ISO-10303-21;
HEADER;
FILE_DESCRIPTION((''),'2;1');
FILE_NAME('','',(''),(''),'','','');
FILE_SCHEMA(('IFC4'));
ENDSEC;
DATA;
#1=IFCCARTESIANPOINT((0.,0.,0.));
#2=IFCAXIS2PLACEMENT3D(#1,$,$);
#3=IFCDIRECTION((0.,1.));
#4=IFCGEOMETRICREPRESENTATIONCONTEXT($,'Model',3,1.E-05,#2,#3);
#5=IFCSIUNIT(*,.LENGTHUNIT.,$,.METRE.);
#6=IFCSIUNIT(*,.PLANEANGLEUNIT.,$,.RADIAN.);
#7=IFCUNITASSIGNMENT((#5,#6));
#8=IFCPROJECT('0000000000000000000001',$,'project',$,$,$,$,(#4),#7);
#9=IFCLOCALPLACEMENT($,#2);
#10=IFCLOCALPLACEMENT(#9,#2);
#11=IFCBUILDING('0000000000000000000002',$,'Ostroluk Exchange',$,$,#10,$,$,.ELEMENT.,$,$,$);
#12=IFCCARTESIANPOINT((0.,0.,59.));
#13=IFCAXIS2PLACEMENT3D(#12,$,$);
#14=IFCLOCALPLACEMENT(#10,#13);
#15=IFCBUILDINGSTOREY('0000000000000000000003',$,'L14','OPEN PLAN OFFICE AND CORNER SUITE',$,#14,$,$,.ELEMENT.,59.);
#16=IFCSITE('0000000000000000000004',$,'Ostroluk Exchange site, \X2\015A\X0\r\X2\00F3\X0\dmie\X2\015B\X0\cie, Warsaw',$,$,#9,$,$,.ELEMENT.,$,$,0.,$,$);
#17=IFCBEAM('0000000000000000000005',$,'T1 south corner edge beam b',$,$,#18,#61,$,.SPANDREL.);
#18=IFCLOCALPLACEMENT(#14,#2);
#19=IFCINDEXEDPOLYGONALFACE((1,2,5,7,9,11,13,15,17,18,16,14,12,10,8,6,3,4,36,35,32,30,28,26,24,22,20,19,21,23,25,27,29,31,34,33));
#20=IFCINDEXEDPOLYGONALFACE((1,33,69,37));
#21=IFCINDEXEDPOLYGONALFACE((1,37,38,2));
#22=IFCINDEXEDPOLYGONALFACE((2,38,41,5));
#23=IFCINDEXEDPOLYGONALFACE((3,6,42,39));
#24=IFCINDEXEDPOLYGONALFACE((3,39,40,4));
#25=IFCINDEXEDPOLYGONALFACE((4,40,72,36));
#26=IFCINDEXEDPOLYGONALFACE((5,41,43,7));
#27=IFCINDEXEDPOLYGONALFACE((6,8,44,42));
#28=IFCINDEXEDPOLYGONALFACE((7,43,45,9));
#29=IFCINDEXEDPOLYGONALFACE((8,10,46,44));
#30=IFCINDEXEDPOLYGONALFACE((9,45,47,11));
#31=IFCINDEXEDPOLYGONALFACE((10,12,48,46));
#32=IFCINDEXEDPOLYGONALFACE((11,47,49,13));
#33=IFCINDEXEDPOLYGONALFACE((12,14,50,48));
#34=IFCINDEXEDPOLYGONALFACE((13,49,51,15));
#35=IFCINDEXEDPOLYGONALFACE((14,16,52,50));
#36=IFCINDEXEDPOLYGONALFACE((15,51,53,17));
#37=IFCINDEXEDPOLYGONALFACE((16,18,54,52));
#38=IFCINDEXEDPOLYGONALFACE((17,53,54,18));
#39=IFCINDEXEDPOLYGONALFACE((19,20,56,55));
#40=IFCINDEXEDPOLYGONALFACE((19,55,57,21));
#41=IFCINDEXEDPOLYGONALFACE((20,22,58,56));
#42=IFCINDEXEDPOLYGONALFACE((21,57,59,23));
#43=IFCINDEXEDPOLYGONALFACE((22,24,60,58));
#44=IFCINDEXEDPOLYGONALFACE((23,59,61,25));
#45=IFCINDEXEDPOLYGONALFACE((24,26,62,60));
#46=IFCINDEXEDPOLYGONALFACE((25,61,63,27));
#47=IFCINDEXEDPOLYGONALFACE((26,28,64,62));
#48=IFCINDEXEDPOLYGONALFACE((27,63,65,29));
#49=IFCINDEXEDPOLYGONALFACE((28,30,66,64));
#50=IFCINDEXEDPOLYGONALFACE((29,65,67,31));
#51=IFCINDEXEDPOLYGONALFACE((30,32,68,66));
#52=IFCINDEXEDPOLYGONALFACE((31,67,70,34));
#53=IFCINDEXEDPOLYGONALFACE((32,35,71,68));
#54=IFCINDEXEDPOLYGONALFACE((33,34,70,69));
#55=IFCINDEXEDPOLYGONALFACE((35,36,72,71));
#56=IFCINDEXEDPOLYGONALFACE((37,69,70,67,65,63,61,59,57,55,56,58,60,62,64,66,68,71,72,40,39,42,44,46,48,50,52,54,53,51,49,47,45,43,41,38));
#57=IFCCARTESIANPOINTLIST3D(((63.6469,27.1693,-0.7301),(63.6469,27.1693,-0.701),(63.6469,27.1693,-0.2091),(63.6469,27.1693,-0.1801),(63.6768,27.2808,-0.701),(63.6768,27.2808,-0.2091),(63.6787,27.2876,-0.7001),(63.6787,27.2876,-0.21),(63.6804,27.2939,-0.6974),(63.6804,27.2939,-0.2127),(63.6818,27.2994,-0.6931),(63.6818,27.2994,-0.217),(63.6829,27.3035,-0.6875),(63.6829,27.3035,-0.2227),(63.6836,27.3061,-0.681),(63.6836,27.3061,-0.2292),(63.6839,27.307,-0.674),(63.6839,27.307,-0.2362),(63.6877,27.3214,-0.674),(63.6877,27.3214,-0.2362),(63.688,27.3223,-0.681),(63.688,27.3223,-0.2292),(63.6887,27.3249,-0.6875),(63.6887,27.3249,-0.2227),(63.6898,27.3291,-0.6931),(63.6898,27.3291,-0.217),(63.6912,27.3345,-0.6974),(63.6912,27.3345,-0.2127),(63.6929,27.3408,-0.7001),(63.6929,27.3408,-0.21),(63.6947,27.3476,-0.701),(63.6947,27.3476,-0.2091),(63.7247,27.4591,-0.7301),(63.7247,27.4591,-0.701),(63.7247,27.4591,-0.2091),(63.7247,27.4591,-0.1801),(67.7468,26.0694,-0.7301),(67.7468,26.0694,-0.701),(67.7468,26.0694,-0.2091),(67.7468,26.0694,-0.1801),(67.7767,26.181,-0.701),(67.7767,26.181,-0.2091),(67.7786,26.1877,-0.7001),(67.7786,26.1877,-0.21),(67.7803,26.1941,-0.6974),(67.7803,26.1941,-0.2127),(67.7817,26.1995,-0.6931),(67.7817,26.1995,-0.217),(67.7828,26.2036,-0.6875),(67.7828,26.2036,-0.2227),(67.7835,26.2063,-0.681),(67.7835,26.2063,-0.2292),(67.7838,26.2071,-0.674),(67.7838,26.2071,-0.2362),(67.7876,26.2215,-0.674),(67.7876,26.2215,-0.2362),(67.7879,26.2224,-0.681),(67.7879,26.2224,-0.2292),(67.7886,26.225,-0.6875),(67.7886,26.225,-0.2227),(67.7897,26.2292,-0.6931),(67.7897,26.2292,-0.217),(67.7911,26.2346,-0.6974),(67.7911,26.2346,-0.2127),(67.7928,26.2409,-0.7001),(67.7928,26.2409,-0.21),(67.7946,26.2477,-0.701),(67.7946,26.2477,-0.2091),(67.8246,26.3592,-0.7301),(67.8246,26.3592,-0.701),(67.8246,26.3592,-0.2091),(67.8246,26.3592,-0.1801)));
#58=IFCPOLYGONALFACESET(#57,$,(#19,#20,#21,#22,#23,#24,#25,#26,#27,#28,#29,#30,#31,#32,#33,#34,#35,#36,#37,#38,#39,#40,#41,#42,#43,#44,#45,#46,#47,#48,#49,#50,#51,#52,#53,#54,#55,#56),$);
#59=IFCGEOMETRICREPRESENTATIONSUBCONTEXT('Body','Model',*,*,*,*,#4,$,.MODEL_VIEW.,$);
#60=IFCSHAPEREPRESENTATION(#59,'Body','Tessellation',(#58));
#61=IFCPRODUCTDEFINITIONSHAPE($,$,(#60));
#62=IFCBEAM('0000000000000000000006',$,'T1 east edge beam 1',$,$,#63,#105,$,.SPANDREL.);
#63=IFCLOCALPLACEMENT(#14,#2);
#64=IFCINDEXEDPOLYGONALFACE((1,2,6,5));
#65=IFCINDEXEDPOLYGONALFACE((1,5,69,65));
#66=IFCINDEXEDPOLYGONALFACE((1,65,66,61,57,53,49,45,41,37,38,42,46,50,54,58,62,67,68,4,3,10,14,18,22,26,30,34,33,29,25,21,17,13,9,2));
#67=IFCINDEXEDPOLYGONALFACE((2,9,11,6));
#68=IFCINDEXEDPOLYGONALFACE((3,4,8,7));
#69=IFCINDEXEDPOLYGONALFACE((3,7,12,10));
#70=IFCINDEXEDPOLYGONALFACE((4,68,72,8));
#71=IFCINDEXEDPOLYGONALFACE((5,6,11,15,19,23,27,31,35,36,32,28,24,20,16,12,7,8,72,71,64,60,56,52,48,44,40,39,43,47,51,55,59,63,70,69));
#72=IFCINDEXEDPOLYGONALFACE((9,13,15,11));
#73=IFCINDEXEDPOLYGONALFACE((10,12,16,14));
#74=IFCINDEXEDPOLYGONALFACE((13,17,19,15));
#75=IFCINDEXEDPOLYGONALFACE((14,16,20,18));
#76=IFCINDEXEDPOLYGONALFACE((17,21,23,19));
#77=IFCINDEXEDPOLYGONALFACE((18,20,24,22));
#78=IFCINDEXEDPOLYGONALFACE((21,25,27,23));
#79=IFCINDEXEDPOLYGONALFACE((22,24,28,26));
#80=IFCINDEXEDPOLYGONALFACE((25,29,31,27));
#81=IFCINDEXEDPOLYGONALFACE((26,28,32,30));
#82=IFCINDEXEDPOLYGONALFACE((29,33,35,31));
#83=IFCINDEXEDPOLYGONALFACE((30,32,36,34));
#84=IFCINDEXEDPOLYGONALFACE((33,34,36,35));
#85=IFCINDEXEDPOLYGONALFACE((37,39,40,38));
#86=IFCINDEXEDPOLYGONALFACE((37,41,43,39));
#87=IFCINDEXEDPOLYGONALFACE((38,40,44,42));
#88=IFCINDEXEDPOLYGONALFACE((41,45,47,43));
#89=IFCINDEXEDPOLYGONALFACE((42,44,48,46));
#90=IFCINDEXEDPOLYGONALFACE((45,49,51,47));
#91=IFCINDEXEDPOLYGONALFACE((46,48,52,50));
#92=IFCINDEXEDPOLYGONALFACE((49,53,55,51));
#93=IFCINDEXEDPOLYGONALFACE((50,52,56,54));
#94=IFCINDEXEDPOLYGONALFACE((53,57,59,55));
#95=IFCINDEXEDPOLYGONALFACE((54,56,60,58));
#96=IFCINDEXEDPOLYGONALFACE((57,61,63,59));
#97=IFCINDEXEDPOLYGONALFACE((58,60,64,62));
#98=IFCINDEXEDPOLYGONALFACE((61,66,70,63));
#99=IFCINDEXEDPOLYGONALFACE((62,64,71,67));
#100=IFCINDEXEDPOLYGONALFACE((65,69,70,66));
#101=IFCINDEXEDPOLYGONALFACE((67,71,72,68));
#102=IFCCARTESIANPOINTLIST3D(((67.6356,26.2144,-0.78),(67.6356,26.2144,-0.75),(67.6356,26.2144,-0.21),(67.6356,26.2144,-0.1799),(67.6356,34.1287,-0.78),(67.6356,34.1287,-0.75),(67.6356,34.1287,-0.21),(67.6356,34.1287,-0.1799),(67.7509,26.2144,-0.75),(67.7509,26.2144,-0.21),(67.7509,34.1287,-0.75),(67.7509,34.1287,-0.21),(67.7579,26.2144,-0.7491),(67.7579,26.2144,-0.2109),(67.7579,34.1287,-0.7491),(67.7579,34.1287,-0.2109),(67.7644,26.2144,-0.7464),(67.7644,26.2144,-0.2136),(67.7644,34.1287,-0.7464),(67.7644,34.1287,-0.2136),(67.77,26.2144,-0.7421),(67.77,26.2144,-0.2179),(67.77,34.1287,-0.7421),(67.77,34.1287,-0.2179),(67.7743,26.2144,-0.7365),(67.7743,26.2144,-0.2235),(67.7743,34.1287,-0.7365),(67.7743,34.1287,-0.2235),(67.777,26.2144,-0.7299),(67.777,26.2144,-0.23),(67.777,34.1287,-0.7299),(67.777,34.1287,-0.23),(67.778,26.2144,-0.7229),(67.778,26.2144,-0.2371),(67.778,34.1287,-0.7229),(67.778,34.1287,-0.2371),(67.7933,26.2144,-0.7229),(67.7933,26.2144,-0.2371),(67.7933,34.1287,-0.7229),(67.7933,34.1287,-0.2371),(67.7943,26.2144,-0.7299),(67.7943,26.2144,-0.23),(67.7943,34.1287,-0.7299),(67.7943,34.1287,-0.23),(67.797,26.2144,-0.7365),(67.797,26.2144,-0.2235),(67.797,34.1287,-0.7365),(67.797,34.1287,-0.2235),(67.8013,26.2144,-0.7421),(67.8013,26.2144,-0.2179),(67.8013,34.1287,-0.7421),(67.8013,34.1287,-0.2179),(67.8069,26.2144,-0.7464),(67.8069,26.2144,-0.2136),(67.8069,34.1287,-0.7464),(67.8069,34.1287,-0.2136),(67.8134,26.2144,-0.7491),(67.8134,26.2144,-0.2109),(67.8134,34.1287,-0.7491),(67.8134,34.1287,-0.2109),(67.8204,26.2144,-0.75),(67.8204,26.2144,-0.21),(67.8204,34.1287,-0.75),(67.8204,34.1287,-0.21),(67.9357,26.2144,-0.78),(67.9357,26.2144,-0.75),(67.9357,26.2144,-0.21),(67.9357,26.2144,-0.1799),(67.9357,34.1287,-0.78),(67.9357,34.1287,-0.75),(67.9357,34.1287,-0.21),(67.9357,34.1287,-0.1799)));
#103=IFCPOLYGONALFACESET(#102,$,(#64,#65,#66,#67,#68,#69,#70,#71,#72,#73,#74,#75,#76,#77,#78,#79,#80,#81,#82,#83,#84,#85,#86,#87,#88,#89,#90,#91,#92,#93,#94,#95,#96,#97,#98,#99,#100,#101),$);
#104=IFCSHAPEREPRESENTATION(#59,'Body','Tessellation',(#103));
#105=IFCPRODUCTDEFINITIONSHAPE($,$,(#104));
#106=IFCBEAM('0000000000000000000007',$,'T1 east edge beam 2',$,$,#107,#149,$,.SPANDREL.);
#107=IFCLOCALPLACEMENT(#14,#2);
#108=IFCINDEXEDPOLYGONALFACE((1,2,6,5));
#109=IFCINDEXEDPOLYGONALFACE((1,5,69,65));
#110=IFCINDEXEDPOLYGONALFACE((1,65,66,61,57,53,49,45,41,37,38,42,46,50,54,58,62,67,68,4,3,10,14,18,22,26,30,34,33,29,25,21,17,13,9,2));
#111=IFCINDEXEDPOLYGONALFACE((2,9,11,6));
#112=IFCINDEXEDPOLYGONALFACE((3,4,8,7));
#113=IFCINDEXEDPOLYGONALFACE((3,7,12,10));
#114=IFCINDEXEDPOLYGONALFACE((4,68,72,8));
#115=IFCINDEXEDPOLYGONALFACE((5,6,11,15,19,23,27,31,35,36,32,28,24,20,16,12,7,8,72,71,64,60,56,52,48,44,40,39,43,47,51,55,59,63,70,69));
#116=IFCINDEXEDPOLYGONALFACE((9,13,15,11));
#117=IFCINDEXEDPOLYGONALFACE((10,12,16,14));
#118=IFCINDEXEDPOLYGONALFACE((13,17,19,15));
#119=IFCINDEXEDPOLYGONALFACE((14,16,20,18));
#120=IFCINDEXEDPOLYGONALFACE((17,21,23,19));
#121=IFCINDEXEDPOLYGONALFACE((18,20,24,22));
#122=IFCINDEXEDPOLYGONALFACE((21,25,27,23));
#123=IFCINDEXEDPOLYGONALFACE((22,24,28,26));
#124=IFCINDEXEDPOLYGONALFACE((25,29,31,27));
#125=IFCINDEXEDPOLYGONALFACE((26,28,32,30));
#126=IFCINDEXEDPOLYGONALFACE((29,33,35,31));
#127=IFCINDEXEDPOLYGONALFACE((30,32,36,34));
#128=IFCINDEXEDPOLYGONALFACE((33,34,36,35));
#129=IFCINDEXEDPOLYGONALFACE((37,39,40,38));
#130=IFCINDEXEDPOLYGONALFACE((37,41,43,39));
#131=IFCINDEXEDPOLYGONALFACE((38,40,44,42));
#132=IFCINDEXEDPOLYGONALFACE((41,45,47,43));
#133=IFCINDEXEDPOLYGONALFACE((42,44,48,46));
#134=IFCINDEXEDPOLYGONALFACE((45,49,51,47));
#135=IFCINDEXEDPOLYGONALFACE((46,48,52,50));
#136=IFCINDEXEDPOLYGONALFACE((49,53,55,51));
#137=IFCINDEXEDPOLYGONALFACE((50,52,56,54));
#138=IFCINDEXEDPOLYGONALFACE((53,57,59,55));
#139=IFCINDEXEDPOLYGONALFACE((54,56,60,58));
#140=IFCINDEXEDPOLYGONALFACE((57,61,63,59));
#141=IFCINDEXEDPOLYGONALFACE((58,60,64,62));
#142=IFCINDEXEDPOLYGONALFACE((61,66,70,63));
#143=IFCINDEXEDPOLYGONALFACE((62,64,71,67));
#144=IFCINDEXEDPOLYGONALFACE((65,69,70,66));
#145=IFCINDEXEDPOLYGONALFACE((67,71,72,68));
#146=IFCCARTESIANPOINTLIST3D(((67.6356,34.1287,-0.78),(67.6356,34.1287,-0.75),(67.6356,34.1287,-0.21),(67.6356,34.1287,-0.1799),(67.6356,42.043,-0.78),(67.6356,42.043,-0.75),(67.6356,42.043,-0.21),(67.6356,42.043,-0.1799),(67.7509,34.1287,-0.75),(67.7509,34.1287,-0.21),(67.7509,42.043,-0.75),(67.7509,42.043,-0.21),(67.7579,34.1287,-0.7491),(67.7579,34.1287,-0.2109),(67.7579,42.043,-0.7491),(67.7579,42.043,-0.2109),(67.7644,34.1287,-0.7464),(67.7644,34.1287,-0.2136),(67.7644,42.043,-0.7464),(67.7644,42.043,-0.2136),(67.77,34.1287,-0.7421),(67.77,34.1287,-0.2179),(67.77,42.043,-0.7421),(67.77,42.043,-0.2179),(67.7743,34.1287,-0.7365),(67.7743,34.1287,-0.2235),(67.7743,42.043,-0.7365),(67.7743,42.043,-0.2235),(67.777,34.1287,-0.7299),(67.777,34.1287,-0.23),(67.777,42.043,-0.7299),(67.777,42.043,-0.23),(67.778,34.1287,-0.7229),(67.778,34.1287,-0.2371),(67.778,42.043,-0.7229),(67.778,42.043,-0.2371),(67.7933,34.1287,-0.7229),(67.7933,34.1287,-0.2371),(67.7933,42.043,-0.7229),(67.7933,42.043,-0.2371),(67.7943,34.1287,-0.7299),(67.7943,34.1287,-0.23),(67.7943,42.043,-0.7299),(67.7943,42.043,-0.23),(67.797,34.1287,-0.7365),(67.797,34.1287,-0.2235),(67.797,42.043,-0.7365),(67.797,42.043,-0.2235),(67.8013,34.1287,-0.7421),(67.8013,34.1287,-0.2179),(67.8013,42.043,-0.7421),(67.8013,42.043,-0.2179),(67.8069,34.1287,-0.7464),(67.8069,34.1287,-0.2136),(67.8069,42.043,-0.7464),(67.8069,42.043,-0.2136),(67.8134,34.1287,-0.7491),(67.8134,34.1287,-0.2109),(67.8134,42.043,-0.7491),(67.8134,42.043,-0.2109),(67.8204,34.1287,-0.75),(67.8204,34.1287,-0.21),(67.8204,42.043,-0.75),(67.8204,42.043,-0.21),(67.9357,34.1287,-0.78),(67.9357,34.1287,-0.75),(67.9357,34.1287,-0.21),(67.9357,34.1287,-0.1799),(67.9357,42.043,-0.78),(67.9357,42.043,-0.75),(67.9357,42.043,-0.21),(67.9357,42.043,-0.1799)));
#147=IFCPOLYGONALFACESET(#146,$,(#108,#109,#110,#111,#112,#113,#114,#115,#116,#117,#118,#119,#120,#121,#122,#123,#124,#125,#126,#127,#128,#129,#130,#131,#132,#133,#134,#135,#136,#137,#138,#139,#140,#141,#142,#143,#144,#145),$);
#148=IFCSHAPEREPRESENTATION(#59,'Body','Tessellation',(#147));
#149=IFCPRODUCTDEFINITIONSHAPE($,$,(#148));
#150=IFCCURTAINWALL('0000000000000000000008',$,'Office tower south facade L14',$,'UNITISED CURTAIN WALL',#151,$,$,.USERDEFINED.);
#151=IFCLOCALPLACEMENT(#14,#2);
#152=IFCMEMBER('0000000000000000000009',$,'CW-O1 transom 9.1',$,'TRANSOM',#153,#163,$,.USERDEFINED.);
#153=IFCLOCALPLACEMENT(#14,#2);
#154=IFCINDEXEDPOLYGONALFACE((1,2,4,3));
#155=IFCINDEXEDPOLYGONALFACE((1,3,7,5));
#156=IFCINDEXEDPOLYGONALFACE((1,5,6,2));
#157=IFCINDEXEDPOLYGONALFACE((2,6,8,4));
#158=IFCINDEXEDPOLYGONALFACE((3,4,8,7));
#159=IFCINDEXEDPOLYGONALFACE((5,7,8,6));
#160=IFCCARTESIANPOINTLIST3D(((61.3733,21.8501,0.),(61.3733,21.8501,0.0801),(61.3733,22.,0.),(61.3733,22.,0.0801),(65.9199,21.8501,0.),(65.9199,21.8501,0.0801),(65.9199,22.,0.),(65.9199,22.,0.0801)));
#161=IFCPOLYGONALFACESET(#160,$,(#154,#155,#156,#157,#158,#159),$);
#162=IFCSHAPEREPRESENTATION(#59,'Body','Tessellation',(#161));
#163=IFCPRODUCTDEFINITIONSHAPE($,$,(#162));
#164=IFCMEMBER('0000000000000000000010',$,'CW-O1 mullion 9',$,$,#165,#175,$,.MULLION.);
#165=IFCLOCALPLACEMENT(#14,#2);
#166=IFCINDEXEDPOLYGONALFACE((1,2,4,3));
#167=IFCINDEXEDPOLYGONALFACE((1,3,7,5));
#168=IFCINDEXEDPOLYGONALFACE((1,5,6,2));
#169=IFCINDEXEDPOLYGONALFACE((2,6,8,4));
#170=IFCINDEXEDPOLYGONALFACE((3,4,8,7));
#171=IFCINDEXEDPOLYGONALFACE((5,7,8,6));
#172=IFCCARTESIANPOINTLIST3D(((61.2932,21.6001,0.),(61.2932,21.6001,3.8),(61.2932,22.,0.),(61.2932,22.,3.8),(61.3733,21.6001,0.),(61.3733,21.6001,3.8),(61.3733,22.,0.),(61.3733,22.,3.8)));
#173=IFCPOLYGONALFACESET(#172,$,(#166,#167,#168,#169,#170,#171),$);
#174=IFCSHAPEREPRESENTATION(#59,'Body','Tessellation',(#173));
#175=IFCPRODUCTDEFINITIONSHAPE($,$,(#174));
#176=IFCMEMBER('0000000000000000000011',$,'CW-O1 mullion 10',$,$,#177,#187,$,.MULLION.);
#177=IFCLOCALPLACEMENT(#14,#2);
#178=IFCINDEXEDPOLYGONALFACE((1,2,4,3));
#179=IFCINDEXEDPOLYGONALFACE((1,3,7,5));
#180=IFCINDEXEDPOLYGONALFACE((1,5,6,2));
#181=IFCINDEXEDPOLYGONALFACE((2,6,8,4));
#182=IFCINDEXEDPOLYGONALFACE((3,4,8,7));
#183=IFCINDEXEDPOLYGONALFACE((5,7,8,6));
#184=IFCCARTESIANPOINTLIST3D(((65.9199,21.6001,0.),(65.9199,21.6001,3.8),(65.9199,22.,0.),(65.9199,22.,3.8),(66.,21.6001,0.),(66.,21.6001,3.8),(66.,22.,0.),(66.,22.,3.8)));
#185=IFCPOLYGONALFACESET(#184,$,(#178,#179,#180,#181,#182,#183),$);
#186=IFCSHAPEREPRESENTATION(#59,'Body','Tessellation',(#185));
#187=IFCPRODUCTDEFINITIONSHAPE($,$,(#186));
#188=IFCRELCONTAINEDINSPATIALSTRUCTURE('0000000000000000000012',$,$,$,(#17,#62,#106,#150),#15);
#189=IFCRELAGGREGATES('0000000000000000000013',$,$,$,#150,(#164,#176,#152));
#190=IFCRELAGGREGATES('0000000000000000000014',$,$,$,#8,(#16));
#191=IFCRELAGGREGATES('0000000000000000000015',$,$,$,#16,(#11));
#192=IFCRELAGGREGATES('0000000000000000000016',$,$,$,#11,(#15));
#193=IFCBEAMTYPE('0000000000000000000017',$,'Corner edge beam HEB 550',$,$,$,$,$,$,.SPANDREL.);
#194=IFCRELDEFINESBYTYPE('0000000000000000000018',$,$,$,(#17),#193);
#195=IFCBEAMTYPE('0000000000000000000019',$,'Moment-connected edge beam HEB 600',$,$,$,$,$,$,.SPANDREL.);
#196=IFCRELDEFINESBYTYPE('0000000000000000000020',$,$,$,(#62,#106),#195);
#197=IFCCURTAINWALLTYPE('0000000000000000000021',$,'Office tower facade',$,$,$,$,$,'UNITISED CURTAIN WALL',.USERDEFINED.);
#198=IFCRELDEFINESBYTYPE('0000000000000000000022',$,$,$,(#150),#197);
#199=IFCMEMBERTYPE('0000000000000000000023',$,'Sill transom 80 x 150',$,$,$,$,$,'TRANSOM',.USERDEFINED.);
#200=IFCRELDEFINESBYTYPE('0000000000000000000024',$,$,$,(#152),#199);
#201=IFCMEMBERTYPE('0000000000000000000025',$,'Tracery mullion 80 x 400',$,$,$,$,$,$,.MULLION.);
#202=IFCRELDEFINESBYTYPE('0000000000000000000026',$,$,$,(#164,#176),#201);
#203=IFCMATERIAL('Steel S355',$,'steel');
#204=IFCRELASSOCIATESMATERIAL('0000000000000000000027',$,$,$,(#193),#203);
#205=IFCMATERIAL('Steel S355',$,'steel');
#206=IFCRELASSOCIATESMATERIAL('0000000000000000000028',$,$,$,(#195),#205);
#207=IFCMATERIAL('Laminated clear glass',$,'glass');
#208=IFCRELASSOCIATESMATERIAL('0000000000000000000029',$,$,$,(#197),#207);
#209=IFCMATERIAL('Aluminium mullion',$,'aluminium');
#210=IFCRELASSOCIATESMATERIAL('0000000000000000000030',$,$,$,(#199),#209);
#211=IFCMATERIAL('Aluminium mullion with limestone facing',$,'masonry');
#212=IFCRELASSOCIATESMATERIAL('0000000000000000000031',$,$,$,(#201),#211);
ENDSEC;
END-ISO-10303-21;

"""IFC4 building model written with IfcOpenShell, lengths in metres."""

from ifc_helpers import new_model, si_unit, direction, frame, origin, origin_2d, place, context, subcontext, project, spatial, rectangle, i_section, extrude, material, material_profile, profile_set, type_object, element, aggregate, save


model = new_model("IFC4")

# Units and contexts
model_context = context("Model", 3, precision=1e-05, world=origin(), true_north=direction((0.0, 1.0)))
body_context = subcontext(model_context, "Body", "Model", "MODEL_VIEW")
ifc_project = project(units=[si_unit("LENGTHUNIT", "METRE"), si_unit("PLANEANGLEUNIT", "RADIAN")], contexts=[model_context])

# Site, building, storey
site_placement = place(None, origin())
site = spatial("IfcSite", under=ifc_project, at=site_placement, Name="Ostroluk Exchange site, Śródmieście, Warsaw", CompositionType="ELEMENT", RefElevation=0.0)
building_placement = place(site_placement, origin())
building = spatial("IfcBuilding", under=site, at=building_placement, Name="Ostroluk Exchange", CompositionType="ELEMENT")
storey_placement = place(building_placement, frame((0.0, 0.0, 59.0)))
storey = spatial("IfcBuildingStorey", under=building, at=storey_placement, Name="L14", Description="OPEN PLAN OFFICE AND CORNER SUITE", CompositionType="ELEMENT", Elevation=59.0)

# Beams
ifc_material_1 = material(Name="Steel S355", Category="steel")
ifc_material_profile_1 = material_profile(ifc_material_1, i_section(OverallWidth=0.3, OverallDepth=0.55, WebThickness=0.0149, FlangeThickness=0.0291, FilletRadius=0.0271, at=origin_2d()), Name="HEB 550")
ifc_profile_set_1 = profile_set([ifc_material_profile_1], Name="Steel S355")
beam_type_1 = type_object("IfcBeamType", Name="Corner edge beam HEB 550", PredefinedType="SPANDREL", material=ifc_profile_set_1)
for number, where, z_axis, x_axis, name in (
    (1, (63.6858, 27.3142, -0.4551), (0.965849, -0.259105, 0.0), (0.259105, 0.965849, 0.0), "T1 south corner edge beam b"),
):
    element("IfcBeam", number, at=place(storey_placement, frame(where, z_axis=z_axis, x_axis=x_axis)), inside=storey, type_object=beam_type_1, Name=name, PredefinedType="SPANDREL", context=body_context, shape_type="SweptSolid", body=[
        extrude(i_section(OverallWidth=0.3, OverallDepth=0.55, WebThickness=0.0149, FlangeThickness=0.0291, FilletRadius=0.0271, at=origin_2d()), origin(), (0.0, 0.0, 1.0), 4.2449),
    ])
ifc_material_2 = material(Name="Steel S355", Category="steel")
ifc_material_profile_2 = material_profile(ifc_material_2, i_section(OverallWidth=0.3, OverallDepth=0.6001, WebThickness=0.0154, FlangeThickness=0.03, FilletRadius=0.0271, at=origin_2d()), Name="HEB 600")
ifc_profile_set_2 = profile_set([ifc_material_profile_2], Name="Steel S355")
beam_type_2 = type_object("IfcBeamType", Name="Moment-connected edge beam HEB 600", PredefinedType="SPANDREL", material=ifc_profile_set_2)
for number, where, z_axis, x_axis, name in (
    (2, (67.7856, 26.2144, -0.48), (0.0, 1.0, 0.0), (-1.0, 0.0, 0.0), "T1 east edge beam 1"),
    (3, (67.7856, 34.1287, -0.48), (0.0, 1.0, 0.0), (-1.0, 0.0, 0.0), "T1 east edge beam 2"),
):
    element("IfcBeam", number, at=place(storey_placement, frame(where, z_axis=z_axis, x_axis=x_axis)), inside=storey, type_object=beam_type_2, Name=name, PredefinedType="SPANDREL", context=body_context, shape_type="SweptSolid", body=[
        extrude(i_section(OverallWidth=0.3, OverallDepth=0.6001, WebThickness=0.0154, FlangeThickness=0.03, FilletRadius=0.0271, at=origin_2d()), origin(), (0.0, 0.0, 1.0), 7.9143),
    ])

# Curtain wall, members
ifc_material_3 = material(Name="Laminated clear glass", Category="glass")
curtain_wall_type = type_object("IfcCurtainWallType", Name="Office tower facade", ElementType="UNITISED CURTAIN WALL", PredefinedType="USERDEFINED", material=ifc_material_3)
curtain_wall_placement = place(storey_placement, origin())
curtain_wall = element("IfcCurtainWall", 4, at=curtain_wall_placement, inside=storey, type_object=curtain_wall_type, Name="Office tower south facade L14", ObjectType="UNITISED CURTAIN WALL", PredefinedType="USERDEFINED")
ifc_material_4 = material(Name="Aluminium mullion", Category="aluminium")
ifc_material_profile_3 = material_profile(ifc_material_4, rectangle(XDim=0.1499, YDim=0.0801, at=origin_2d()), Name="Sill transom 80 x 150")
ifc_profile_set_3 = profile_set([ifc_material_profile_3], Name="Aluminium mullion")
member_type_1 = type_object("IfcMemberType", Name="Sill transom 80 x 150", ElementType="TRANSOM", PredefinedType="USERDEFINED", material=ifc_profile_set_3)
member_1_placement = place(storey_placement, frame((61.3733, 21.925, 0.04), z_axis=(1.0, 0.0, 0.0), x_axis=(0.0, 1.0, 0.0)))
member_1 = element("IfcMember", 5, at=member_1_placement, type_object=member_type_1, Name="CW-O1 transom 9.1", ObjectType="TRANSOM", PredefinedType="USERDEFINED", context=body_context, shape_type="SweptSolid", body=[
    extrude(rectangle(XDim=0.1499, YDim=0.0801, at=origin_2d()), origin(), (0.0, 0.0, 1.0), 4.5466),
])
ifc_material_5 = material(Name="Aluminium mullion with limestone facing", Category="masonry")
ifc_material_profile_4 = material_profile(ifc_material_5, rectangle(XDim=0.3999, YDim=0.0801, at=origin_2d()), Name="Tracery mullion 80 x 400")
ifc_profile_set_4 = profile_set([ifc_material_profile_4], Name="Aluminium mullion with limestone facing")
member_type_2 = type_object("IfcMemberType", Name="Tracery mullion 80 x 400", PredefinedType="MULLION", material=ifc_profile_set_4)
member_2_placement = place(storey_placement, frame((61.3333, 21.8, 0.0), z_axis=(0.0, 0.0, 1.0), x_axis=(0.0, 1.0, 0.0)))
member_2 = element("IfcMember", 6, at=member_2_placement, type_object=member_type_2, Name="CW-O1 mullion 9", PredefinedType="MULLION", context=body_context, shape_type="SweptSolid", body=[
    extrude(rectangle(XDim=0.3999, YDim=0.0801, at=origin_2d()), origin(), (0.0, 0.0, 1.0), 3.8),
])
member_3_placement = place(storey_placement, frame((65.96, 21.8, 0.0), z_axis=(0.0, 0.0, 1.0), x_axis=(0.0, 1.0, 0.0)))
member_3 = element("IfcMember", 7, at=member_3_placement, type_object=member_type_2, Name="CW-O1 mullion 10", PredefinedType="MULLION", context=body_context, shape_type="SweptSolid", body=[
    extrude(rectangle(XDim=0.3999, YDim=0.0801, at=origin_2d()), origin(), (0.0, 0.0, 1.0), 3.8),
])

aggregate(curtain_wall, [member_2, member_3, member_1])

save(model, "model.ifc")
